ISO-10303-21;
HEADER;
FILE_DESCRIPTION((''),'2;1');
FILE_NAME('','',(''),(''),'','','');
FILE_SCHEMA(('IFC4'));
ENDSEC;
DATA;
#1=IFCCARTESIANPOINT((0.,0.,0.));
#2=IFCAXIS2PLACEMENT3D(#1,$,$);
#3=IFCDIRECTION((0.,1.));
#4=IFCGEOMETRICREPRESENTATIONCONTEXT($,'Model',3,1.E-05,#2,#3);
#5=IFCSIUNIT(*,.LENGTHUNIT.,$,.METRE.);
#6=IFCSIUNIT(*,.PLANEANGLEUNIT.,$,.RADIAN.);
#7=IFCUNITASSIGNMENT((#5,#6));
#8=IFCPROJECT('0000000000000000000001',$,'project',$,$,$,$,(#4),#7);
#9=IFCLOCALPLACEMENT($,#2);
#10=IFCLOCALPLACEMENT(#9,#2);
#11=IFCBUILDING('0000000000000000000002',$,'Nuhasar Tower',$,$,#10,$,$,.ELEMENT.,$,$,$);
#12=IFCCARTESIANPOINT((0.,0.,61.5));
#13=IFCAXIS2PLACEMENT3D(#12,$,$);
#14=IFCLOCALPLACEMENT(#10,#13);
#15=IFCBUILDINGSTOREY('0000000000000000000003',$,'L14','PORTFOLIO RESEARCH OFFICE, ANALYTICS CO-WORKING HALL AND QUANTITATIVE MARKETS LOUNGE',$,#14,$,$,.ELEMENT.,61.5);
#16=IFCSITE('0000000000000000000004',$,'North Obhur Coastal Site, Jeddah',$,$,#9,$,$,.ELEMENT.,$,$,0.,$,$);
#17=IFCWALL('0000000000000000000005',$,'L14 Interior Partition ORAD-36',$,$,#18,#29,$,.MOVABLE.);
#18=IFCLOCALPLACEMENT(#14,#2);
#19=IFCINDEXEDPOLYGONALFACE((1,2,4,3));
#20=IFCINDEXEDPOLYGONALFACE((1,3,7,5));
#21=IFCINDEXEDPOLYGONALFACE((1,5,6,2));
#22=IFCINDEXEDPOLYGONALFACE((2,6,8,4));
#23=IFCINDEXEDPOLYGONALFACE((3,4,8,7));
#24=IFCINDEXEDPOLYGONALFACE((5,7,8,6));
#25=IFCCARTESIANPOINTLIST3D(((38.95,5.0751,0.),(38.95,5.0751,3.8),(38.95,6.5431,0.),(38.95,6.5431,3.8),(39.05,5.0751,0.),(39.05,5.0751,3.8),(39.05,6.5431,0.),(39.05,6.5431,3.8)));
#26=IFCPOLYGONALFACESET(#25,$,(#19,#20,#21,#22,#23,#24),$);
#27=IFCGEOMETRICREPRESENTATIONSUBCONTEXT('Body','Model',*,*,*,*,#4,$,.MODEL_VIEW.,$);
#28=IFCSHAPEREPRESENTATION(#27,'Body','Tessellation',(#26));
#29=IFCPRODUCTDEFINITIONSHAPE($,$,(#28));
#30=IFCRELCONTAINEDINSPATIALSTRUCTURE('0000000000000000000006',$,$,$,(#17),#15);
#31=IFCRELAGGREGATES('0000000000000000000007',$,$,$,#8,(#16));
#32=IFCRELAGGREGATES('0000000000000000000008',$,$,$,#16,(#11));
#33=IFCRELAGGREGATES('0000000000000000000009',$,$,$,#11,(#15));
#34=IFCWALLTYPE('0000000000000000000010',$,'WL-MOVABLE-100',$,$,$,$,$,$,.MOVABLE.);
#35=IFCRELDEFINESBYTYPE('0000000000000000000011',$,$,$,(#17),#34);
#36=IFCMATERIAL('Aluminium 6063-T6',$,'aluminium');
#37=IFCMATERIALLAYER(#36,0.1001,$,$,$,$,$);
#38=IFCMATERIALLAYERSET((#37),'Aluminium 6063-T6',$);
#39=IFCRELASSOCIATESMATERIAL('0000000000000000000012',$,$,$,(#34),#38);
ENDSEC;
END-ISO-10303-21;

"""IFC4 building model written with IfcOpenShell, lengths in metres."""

from ifc_helpers import new_model, si_unit, direction, frame, frame_2d, origin, place, context, subcontext, project, spatial, rectangle, extrude, material, layer, layer_set, type_object, element, save


model = new_model("IFC4")

# Units and contexts
model_context = context("Model", 3, precision=1e-05, world=origin(), true_north=direction((0.0, 1.0)))
body_context = subcontext(model_context, "Body", "Model", "MODEL_VIEW")
ifc_project = project(units=[si_unit("LENGTHUNIT", "METRE"), si_unit("PLANEANGLEUNIT", "RADIAN")], contexts=[model_context])

# Site, building, storey
site_placement = place(None, origin())
site = spatial("IfcSite", under=ifc_project, at=site_placement, Name="North Obhur Coastal Site, Jeddah", CompositionType="ELEMENT", RefElevation=0.0)
building_placement = place(site_placement, origin())
building = spatial("IfcBuilding", under=site, at=building_placement, Name="Nuhasar Tower", CompositionType="ELEMENT")
storey_placement = place(building_placement, frame((0.0, 0.0, 61.5)))
storey = spatial("IfcBuildingStorey", under=building, at=storey_placement, Name="L14", Description="PORTFOLIO RESEARCH OFFICE, ANALYTICS CO-WORKING HALL AND QUANTITATIVE MARKETS LOUNGE", CompositionType="ELEMENT", Elevation=61.5)

# Shared definitions
ifc_material_1 = material(Name="Aluminium 6063-T6", Category="aluminium")

# Wall
ifc_layer_1 = layer(ifc_material_1, 0.1001)
ifc_layer_set_1 = layer_set([ifc_layer_1], Name="Aluminium 6063-T6")
wall_type_1 = type_object("IfcWallType", Name="WL-MOVABLE-100", PredefinedType="MOVABLE", material=ifc_layer_set_1)
wall_1_placement = place(storey_placement, frame((39.0, 6.543, 0.0), z_axis=(0.0, 0.0, 1.0), x_axis=(0.0, -1.0, 0.0)))
element("IfcWall", 1, at=wall_1_placement, inside=storey, type_object=wall_type_1, Name="L14 Interior Partition ORAD-36", PredefinedType="MOVABLE", context=body_context, shape_type="SweptSolid", body=[
    extrude(rectangle(XDim=1.468, YDim=0.1001, at=frame_2d((0.7339, 0.0))), origin(), (0.0, 0.0, 1.0), 3.8),
])

save(model, "model.ifc")
